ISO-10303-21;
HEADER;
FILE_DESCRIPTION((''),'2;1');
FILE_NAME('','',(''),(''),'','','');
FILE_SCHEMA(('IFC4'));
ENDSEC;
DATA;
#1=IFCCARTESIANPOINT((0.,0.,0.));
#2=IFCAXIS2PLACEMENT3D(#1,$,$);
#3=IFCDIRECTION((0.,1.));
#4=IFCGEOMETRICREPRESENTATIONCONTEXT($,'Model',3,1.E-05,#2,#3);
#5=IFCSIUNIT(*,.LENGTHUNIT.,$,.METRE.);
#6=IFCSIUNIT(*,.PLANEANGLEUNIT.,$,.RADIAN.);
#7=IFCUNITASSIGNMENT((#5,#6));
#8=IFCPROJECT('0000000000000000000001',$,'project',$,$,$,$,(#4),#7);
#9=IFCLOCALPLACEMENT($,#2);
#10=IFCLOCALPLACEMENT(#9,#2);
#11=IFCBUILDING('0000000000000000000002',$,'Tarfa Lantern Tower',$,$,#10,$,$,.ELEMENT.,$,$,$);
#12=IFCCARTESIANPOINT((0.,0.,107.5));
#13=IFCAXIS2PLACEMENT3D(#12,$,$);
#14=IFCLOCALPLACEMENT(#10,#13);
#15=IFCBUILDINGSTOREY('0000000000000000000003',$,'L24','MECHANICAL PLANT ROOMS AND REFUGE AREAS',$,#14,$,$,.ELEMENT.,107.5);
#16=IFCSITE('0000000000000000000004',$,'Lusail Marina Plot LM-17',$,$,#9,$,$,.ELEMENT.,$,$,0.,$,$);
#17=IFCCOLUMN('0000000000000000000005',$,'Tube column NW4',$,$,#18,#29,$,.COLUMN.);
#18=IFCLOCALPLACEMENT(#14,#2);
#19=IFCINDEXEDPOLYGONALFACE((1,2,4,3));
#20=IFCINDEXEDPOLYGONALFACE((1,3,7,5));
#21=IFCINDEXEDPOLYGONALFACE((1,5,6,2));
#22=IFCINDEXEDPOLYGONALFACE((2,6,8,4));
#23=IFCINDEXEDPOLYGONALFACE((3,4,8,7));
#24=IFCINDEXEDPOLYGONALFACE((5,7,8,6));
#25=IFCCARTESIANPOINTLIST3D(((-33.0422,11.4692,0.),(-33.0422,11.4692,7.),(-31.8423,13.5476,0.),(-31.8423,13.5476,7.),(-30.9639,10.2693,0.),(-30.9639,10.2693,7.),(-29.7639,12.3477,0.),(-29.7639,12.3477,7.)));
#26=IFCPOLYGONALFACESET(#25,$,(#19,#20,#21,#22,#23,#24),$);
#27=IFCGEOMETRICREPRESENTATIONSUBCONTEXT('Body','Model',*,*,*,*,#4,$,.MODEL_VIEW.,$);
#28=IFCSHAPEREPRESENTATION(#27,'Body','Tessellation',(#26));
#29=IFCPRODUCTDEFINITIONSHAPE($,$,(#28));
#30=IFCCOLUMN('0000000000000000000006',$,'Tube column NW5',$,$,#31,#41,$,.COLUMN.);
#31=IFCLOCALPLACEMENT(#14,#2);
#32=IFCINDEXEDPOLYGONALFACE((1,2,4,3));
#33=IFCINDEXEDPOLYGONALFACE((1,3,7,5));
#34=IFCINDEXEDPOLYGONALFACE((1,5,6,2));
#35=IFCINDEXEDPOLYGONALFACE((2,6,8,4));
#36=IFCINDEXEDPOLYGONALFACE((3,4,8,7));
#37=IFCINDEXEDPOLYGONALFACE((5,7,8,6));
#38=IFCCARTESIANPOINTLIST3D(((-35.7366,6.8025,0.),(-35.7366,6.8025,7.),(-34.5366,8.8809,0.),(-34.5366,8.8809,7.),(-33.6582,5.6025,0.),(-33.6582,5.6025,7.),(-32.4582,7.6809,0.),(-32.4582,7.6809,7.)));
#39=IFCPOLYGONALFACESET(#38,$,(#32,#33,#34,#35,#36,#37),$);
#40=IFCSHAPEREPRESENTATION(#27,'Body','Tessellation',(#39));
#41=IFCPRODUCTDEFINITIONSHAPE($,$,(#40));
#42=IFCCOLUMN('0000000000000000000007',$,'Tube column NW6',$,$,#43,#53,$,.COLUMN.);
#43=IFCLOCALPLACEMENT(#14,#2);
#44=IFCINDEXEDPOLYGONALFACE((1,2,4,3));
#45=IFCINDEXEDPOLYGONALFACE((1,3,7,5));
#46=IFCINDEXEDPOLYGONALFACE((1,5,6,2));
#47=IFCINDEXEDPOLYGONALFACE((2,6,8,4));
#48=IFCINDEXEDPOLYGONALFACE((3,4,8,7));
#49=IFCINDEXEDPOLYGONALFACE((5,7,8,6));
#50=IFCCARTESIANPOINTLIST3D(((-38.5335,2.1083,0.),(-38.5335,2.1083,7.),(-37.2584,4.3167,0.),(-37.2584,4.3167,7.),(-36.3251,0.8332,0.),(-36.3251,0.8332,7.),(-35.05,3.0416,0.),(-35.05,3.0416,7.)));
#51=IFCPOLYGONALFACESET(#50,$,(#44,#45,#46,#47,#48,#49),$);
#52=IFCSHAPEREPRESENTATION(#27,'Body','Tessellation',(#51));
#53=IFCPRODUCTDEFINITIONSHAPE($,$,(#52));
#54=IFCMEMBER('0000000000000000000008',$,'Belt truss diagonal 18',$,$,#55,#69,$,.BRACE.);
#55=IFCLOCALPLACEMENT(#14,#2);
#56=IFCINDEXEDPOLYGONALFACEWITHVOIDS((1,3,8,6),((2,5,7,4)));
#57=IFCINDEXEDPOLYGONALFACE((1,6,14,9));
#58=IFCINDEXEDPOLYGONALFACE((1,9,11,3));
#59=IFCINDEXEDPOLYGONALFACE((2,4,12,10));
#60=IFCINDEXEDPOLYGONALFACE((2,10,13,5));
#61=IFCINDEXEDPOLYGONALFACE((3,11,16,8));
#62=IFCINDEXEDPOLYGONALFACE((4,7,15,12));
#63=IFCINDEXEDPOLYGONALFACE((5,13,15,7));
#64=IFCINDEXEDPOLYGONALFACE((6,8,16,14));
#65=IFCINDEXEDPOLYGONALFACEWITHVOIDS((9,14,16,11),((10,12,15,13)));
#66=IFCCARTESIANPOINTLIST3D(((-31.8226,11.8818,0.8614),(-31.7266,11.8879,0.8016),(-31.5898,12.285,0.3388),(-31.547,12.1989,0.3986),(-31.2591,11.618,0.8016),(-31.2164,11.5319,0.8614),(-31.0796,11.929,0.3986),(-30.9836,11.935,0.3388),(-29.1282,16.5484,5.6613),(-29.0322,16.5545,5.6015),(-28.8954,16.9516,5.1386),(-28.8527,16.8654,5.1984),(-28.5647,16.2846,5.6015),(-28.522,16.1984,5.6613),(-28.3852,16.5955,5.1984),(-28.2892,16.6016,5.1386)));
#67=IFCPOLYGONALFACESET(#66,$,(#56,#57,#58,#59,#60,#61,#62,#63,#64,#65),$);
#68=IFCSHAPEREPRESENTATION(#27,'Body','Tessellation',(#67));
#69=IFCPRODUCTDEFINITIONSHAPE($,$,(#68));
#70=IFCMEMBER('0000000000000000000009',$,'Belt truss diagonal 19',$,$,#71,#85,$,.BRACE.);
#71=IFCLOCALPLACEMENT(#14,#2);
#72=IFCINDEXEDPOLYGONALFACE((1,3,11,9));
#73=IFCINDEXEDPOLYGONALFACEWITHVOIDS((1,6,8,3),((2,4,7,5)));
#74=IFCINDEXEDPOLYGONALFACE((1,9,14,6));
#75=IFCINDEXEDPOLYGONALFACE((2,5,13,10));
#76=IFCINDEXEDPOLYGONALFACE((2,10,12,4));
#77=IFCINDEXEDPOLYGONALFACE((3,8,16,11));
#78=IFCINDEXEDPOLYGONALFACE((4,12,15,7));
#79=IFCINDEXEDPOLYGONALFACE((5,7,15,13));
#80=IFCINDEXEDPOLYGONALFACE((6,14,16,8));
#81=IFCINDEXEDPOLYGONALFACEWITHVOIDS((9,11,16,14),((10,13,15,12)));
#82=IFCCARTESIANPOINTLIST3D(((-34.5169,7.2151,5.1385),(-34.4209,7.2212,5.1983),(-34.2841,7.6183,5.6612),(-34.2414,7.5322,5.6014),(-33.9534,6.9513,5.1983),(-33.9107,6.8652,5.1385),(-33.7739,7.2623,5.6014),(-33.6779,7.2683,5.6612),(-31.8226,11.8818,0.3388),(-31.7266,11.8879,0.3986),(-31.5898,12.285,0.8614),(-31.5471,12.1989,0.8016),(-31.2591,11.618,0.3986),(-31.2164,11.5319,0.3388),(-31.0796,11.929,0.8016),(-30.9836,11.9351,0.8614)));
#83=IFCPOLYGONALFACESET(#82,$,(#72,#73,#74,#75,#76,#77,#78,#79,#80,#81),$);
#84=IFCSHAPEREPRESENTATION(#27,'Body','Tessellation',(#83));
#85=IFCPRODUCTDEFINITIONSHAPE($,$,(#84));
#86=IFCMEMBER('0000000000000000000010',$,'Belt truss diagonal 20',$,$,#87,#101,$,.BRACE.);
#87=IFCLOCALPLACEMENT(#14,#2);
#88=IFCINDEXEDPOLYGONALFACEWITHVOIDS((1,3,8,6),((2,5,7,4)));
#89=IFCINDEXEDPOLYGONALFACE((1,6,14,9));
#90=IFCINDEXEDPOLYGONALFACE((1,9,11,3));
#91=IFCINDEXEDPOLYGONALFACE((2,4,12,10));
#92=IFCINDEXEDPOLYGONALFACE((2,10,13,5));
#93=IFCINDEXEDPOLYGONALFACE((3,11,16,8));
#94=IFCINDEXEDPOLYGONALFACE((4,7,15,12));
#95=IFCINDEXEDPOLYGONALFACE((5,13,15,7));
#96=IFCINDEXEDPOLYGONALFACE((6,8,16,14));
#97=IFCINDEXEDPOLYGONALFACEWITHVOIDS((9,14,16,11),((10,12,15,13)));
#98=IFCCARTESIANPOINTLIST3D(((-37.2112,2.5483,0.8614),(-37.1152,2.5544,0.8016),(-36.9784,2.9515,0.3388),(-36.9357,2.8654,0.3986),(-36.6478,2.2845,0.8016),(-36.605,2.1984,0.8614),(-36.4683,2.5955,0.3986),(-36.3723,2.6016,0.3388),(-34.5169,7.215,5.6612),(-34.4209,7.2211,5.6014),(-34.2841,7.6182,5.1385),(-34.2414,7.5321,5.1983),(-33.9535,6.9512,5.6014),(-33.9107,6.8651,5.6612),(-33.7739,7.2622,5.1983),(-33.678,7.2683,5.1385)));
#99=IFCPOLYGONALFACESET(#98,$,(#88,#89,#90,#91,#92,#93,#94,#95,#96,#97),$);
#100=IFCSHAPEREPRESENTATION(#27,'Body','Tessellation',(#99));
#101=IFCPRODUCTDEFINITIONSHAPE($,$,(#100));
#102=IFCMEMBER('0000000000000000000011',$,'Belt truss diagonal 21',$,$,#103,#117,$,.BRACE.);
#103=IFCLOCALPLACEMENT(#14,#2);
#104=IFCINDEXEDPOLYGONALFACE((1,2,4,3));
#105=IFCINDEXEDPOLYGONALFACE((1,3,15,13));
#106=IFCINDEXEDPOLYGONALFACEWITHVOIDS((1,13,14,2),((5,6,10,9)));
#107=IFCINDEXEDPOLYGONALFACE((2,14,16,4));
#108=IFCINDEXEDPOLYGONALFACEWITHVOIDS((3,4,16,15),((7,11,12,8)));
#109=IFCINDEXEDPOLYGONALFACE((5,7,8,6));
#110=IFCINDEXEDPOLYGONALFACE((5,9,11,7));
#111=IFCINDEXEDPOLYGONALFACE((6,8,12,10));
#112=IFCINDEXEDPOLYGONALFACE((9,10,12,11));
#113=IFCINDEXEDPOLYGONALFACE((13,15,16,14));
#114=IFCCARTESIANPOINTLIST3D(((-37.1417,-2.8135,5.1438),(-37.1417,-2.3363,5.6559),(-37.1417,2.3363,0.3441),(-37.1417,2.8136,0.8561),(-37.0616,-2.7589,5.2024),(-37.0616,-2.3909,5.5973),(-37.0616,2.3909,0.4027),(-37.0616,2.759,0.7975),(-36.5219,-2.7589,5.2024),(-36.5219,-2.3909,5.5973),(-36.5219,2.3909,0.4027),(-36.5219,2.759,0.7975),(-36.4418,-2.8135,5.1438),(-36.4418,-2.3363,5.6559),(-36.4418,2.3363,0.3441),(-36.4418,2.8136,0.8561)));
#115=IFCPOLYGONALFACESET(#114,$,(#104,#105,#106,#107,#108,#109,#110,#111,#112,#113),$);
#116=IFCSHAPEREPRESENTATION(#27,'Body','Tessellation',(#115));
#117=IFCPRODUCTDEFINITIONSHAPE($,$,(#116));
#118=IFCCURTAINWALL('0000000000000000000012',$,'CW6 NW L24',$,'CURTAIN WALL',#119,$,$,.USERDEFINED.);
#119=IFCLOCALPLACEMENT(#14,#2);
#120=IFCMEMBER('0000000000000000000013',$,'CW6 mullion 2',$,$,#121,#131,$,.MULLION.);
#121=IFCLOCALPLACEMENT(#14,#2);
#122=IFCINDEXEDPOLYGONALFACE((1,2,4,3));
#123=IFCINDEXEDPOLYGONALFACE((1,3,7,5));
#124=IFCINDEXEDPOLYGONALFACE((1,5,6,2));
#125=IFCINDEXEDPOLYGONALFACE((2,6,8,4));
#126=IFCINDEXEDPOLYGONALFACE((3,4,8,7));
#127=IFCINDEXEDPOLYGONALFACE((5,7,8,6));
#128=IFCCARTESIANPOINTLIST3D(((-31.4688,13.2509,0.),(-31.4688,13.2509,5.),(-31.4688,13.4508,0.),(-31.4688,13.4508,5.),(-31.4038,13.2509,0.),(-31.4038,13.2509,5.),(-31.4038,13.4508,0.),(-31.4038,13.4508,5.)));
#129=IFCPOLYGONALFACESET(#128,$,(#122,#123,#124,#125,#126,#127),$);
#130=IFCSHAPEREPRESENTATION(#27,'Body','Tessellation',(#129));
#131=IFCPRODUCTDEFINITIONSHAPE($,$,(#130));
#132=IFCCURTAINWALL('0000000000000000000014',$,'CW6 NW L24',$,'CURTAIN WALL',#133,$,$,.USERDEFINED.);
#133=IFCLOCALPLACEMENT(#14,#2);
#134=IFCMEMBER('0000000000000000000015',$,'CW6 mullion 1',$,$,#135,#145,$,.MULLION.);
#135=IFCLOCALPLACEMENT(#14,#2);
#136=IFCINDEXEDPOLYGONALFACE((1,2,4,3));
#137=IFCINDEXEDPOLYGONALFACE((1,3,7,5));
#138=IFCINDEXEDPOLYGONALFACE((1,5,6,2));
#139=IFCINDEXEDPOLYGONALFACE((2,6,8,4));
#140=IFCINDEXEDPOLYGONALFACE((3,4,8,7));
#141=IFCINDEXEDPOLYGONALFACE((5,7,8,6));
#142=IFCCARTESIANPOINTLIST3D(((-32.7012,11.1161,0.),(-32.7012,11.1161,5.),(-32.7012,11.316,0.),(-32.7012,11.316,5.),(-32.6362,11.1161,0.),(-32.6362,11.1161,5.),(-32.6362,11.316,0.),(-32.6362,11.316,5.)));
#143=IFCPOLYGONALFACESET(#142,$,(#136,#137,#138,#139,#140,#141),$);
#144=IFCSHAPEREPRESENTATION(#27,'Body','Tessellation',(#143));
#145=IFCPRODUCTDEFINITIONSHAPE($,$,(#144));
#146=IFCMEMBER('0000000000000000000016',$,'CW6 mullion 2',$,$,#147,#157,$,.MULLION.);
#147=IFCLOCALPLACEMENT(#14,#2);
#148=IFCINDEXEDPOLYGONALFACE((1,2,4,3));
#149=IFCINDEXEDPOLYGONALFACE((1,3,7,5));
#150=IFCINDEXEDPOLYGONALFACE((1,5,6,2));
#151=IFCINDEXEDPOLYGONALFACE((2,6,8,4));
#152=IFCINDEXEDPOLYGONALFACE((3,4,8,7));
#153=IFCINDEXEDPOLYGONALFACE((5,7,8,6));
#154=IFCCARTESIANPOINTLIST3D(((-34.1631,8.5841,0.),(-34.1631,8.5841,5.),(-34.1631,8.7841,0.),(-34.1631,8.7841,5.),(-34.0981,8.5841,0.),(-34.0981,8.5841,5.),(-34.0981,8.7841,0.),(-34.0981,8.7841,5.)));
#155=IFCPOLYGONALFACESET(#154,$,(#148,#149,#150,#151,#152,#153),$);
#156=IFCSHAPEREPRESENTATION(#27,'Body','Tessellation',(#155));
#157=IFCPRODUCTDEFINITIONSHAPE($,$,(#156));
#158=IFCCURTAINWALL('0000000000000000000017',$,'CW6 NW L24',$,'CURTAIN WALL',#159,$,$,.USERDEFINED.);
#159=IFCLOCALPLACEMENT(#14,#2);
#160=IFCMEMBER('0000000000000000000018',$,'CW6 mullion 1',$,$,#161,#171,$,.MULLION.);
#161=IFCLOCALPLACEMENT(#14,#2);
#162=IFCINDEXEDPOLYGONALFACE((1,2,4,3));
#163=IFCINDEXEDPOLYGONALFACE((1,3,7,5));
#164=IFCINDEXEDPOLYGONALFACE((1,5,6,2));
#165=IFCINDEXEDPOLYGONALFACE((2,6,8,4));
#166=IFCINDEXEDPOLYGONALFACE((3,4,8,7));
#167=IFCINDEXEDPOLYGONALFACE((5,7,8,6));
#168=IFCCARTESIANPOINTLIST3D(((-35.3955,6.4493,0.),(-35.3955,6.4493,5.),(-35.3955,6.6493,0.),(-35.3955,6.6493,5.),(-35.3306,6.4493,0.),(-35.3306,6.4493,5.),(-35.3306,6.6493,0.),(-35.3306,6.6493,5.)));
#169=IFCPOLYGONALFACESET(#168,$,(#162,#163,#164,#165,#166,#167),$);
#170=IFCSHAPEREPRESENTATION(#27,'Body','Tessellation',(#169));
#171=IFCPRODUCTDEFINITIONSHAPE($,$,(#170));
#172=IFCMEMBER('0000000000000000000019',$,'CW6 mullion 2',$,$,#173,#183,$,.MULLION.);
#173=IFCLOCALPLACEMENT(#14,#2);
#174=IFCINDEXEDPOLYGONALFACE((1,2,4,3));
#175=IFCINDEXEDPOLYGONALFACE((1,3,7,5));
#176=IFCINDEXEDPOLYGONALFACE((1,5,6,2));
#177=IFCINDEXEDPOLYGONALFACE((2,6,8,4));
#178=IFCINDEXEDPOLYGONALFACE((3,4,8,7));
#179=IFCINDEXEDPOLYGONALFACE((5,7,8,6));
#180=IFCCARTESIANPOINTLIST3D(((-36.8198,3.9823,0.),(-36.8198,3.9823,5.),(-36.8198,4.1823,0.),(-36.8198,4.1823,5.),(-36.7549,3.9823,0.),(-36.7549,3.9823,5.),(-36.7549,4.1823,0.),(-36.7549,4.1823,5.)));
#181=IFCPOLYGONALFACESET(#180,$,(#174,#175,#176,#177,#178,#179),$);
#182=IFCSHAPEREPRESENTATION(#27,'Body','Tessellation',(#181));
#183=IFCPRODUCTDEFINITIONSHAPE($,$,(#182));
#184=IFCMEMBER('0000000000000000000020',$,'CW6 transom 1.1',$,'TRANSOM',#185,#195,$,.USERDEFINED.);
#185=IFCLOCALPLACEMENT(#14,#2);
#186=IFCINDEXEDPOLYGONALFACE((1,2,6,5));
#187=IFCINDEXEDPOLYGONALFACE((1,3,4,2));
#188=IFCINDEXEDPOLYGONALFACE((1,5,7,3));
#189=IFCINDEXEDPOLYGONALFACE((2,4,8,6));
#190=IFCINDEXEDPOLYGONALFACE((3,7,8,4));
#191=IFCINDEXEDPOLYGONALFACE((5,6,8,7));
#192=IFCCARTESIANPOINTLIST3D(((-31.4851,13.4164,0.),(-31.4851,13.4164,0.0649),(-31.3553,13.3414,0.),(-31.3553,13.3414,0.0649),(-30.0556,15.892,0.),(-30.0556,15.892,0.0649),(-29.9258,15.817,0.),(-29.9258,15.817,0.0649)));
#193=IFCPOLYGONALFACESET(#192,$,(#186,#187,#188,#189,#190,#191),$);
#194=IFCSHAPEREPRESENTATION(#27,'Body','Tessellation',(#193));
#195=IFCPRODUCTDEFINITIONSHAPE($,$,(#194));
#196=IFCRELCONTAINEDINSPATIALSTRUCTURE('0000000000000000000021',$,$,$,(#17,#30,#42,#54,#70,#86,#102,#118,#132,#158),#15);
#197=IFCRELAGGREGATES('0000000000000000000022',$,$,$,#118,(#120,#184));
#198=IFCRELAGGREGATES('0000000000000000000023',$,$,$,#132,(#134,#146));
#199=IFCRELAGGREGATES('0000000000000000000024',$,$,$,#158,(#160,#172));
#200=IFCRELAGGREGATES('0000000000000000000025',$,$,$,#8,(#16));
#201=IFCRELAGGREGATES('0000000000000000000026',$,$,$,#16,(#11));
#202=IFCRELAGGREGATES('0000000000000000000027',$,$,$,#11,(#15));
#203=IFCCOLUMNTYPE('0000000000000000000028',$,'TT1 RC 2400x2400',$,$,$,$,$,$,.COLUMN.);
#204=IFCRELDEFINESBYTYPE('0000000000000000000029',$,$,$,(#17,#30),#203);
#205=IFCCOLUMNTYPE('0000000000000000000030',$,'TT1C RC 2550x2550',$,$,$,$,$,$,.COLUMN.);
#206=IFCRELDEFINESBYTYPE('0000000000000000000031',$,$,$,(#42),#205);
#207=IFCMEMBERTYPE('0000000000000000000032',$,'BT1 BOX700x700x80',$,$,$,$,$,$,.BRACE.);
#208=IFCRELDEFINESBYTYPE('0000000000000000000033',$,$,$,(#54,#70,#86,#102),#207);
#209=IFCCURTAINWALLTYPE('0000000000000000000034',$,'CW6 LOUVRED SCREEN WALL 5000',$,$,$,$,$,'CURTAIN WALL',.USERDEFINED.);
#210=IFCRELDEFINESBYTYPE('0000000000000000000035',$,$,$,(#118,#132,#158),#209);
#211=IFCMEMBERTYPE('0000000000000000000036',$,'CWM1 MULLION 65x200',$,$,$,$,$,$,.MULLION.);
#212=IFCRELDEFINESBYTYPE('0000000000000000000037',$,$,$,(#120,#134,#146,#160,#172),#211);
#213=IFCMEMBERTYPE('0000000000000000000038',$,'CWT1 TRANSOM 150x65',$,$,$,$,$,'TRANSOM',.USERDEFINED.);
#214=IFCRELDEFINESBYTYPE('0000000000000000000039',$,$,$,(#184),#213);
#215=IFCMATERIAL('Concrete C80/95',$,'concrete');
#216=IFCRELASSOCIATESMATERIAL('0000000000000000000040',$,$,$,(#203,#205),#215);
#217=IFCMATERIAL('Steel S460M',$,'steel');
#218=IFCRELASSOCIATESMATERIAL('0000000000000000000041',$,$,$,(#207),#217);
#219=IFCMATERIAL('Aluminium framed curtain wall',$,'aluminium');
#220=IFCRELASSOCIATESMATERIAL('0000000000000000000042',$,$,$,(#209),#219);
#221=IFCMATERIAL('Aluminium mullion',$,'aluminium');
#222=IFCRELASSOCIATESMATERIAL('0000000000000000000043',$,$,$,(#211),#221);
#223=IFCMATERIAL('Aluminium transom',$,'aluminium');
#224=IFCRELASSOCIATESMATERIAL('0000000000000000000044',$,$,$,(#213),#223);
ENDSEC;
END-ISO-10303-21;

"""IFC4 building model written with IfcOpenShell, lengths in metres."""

from ifc_helpers import new_model, si_unit, direction, frame, origin, origin_2d, place, context, subcontext, project, spatial, rectangle, hollow_rectangle, extrude, material, material_profile, profile_set, type_object, element, aggregate, save


model = new_model("IFC4")

# Units and contexts
model_context = context("Model", 3, precision=1e-05, world=origin(), true_north=direction((0.0, 1.0)))
body_context = subcontext(model_context, "Body", "Model", "MODEL_VIEW")
ifc_project = project(units=[si_unit("LENGTHUNIT", "METRE"), si_unit("PLANEANGLEUNIT", "RADIAN")], contexts=[model_context])

# Site, building, storey
site_placement = place(None, origin())
site = spatial("IfcSite", under=ifc_project, at=site_placement, Name="Lusail Marina Plot LM-17", CompositionType="ELEMENT", RefElevation=0.0)
building_placement = place(site_placement, origin())
building = spatial("IfcBuilding", under=site, at=building_placement, Name="Tarfa Lantern Tower", CompositionType="ELEMENT")
storey_placement = place(building_placement, frame((0.0, 0.0, 107.5)))
storey = spatial("IfcBuildingStorey", under=building, at=storey_placement, Name="L24", Description="MECHANICAL PLANT ROOMS AND REFUGE AREAS", CompositionType="ELEMENT", Elevation=107.5)

# Columns
ifc_material_1 = material(Name="Concrete C80/95", Category="concrete")
ifc_material_profile_1 = material_profile(ifc_material_1, rectangle(XDim=2.3999, YDim=2.3999, at=origin_2d()), Name="RC 2400x2400")
ifc_profile_set_1 = profile_set([ifc_material_profile_1], Name="Concrete C80/95")
column_type_1 = type_object("IfcColumnType", Name="TT1 RC 2400x2400", PredefinedType="COLUMN", material=ifc_profile_set_1)
for number, where, z_axis, x_axis, name in (
    (1, (-31.4031, 11.9084, 0.0), (0.0, 0.0, 1.0), (-0.5, -0.866025, 0.0), "Tube column NW4"),
    (2, (-34.0974, 7.2417, 0.0), (0.0, 0.0, 1.0), (-0.5, -0.866025, 0.0), "Tube column NW5"),
):
    element("IfcColumn", number, at=place(storey_placement, frame(where, z_axis=z_axis, x_axis=x_axis)), inside=storey, type_object=column_type_1, Name=name, PredefinedType="COLUMN", context=body_context, shape_type="SweptSolid", body=[
        extrude(rectangle(XDim=2.3999, YDim=2.3999, at=origin_2d()), origin(), (0.0, 0.0, 1.0), 7.0),
    ])
ifc_material_profile_2 = material_profile(ifc_material_1, rectangle(XDim=2.55, YDim=2.55, at=origin_2d()), Name="RC 2550x2550")
ifc_profile_set_2 = profile_set([ifc_material_profile_2], Name="Concrete C80/95")
column_type_2 = type_object("IfcColumnType", Name="TT1C RC 2550x2550", PredefinedType="COLUMN", material=ifc_profile_set_2)
column_placement = place(storey_placement, frame((-36.7917, 2.575, 0.0), z_axis=(0.0, 0.0, 1.0), x_axis=(-0.5, -0.866025, 0.0)))
element("IfcColumn", 3, at=column_placement, inside=storey, type_object=column_type_2, Name="Tube column NW6", PredefinedType="COLUMN", context=body_context, shape_type="SweptSolid", body=[
    extrude(rectangle(XDim=2.55, YDim=2.55, at=origin_2d()), origin(), (0.0, 0.0, 1.0), 7.0),
])

# Members
ifc_material_2 = material(Name="Steel S460M", Category="steel")
ifc_material_profile_3 = material_profile(ifc_material_2, hollow_rectangle(XDim=0.7, YDim=0.7, WallThickness=0.0801, at=origin_2d()), Name="BOX700x700x80")
ifc_profile_set_3 = profile_set([ifc_material_profile_3], Name="Steel S460M")
member_type_1 = type_object("IfcMemberType", Name="BT1 BOX700x700x80", PredefinedType="BRACE", material=ifc_profile_set_3)
for number, where, z_axis, x_axis, name in (
    (4, (-31.4031, 11.9084, 0.6001), (0.373372, 0.646669, 0.665141), (-0.866015, 0.500018, 0.0), "Belt truss diagonal 18"),
    (5, (-31.4031, 11.9084, 0.6001), (-0.373364, -0.646688, 0.665127), (0.866026, -0.499998, 0.0), "Belt truss diagonal 19"),
    (6, (-36.7917, 2.575, 0.6001), (0.373364, 0.646688, 0.665127), (-0.866026, 0.499998, 0.0), "Belt truss diagonal 20"),
):
    element("IfcMember", number, at=place(storey_placement, frame(where, z_axis=z_axis, x_axis=x_axis)), inside=storey, type_object=member_type_1, Name=name, PredefinedType="BRACE", context=body_context, shape_type="SweptSolid", body=[
        extrude(hollow_rectangle(XDim=0.7, YDim=0.7, WallThickness=0.0801, at=origin_2d()), origin(), (0.0, 0.0, 1.0), 7.2163),
    ])
member_1_placement = place(storey_placement, frame((-36.7917, 2.575, 0.6001), z_axis=(0.0, -0.731535, 0.681804), x_axis=(1.0, 0.0, 0.0)))
element("IfcMember", 7, at=member_1_placement, inside=storey, type_object=member_type_1, Name="Belt truss diagonal 21", PredefinedType="BRACE", context=body_context, shape_type="SweptSolid", body=[
    extrude(hollow_rectangle(XDim=0.7, YDim=0.7, WallThickness=0.0801, at=origin_2d()), origin(), (0.0, 0.0, 1.0), 7.0398),
])

# Curtain wall, member
ifc_material_3 = material(Name="Aluminium framed curtain wall", Category="aluminium")
curtain_wall_type = type_object("IfcCurtainWallType", Name="CW6 LOUVRED SCREEN WALL 5000", ElementType="CURTAIN WALL", PredefinedType="USERDEFINED", material=ifc_material_3)
curtain_wall_1_placement = place(storey_placement, origin())
curtain_wall_1 = element("IfcCurtainWall", 8, at=curtain_wall_1_placement, inside=storey, type_object=curtain_wall_type, Name="CW6 NW L24", ObjectType="CURTAIN WALL", PredefinedType="USERDEFINED")
ifc_material_4 = material(Name="Aluminium mullion", Category="aluminium")
ifc_material_profile_4 = material_profile(ifc_material_4, rectangle(XDim=0.0649, YDim=0.2, at=origin_2d()), Name="AL MULLION 65x200")
ifc_profile_set_4 = profile_set([ifc_material_profile_4], Name="Aluminium mullion")
member_type_2 = type_object("IfcMemberType", Name="CWM1 MULLION 65x200", PredefinedType="MULLION", material=ifc_profile_set_4)
member_2_placement = place(storey_placement, frame((-31.4363, 13.3508, 0.0), z_axis=(0.0, 0.0, 1.0), x_axis=(1.0, 0.0, 0.0)))
member_2 = element("IfcMember", 9, at=member_2_placement, type_object=member_type_2, Name="CW6 mullion 2", PredefinedType="MULLION", context=body_context, shape_type="SweptSolid", body=[
    extrude(rectangle(XDim=0.0649, YDim=0.2, at=origin_2d()), origin(), (0.0, 0.0, 1.0), 5.0),
])

# Curtain walls, members
curtain_wall_2_placement = place(storey_placement, origin())
curtain_wall_2 = element("IfcCurtainWall", 10, at=curtain_wall_2_placement, inside=storey, type_object=curtain_wall_type, Name="CW6 NW L24", ObjectType="CURTAIN WALL", PredefinedType="USERDEFINED")
member_3_placement = place(storey_placement, frame((-32.6687, 11.2161, 0.0), z_axis=(0.0, 0.0, 1.0), x_axis=(1.0, 0.0, 0.0)))
member_3 = element("IfcMember", 11, at=member_3_placement, type_object=member_type_2, Name="CW6 mullion 1", PredefinedType="MULLION", context=body_context, shape_type="SweptSolid", body=[
    extrude(rectangle(XDim=0.0649, YDim=0.2, at=origin_2d()), origin(), (0.0, 0.0, 1.0), 5.0),
])
member_4_placement = place(storey_placement, frame((-34.1306, 8.6841, 0.0), z_axis=(0.0, 0.0, 1.0), x_axis=(1.0, 0.0, 0.0)))
member_4 = element("IfcMember", 12, at=member_4_placement, type_object=member_type_2, Name="CW6 mullion 2", PredefinedType="MULLION", context=body_context, shape_type="SweptSolid", body=[
    extrude(rectangle(XDim=0.0649, YDim=0.2, at=origin_2d()), origin(), (0.0, 0.0, 1.0), 5.0),
])
curtain_wall_3_placement = place(storey_placement, origin())
curtain_wall_3 = element("IfcCurtainWall", 13, at=curtain_wall_3_placement, inside=storey, type_object=curtain_wall_type, Name="CW6 NW L24", ObjectType="CURTAIN WALL", PredefinedType="USERDEFINED")
member_5_placement = place(storey_placement, frame((-35.363, 6.5493, 0.0), z_axis=(0.0, 0.0, 1.0), x_axis=(1.0, 0.0, 0.0)))
member_5 = element("IfcMember", 14, at=member_5_placement, type_object=member_type_2, Name="CW6 mullion 1", PredefinedType="MULLION", context=body_context, shape_type="SweptSolid", body=[
    extrude(rectangle(XDim=0.0649, YDim=0.2, at=origin_2d()), origin(), (0.0, 0.0, 1.0), 5.0),
])
member_6_placement = place(storey_placement, frame((-36.7874, 4.0823, 0.0), z_axis=(0.0, 0.0, 1.0), x_axis=(1.0, 0.0, 0.0)))
member_6 = element("IfcMember", 15, at=member_6_placement, type_object=member_type_2, Name="CW6 mullion 2", PredefinedType="MULLION", context=body_context, shape_type="SweptSolid", body=[
    extrude(rectangle(XDim=0.0649, YDim=0.2, at=origin_2d()), origin(), (0.0, 0.0, 1.0), 5.0),
])

# Member
ifc_material_5 = material(Name="Aluminium transom", Category="aluminium")
ifc_material_profile_5 = material_profile(ifc_material_5, rectangle(XDim=0.1499, YDim=0.0649, at=origin_2d()), Name="AL TRANSOM 150x65")
ifc_profile_set_5 = profile_set([ifc_material_profile_5], Name="Aluminium transom")
member_type_3 = type_object("IfcMemberType", Name="CWT1 TRANSOM 150x65", ElementType="TRANSOM", PredefinedType="USERDEFINED", material=ifc_profile_set_5)
member_7_placement = place(storey_placement, frame((-29.9907, 15.8545, 0.0325), z_axis=(-0.500043, -0.866001, 0.0), x_axis=(0.866001, -0.500043, 0.0)))
member_7 = element("IfcMember", 16, at=member_7_placement, type_object=member_type_3, Name="CW6 transom 1.1", ObjectType="TRANSOM", PredefinedType="USERDEFINED", context=body_context, shape_type="SweptSolid", body=[
    extrude(rectangle(XDim=0.1499, YDim=0.0649, at=origin_2d()), origin(), (0.0, 0.0, 1.0), 2.8586),
])

aggregate(curtain_wall_1, [member_2, member_7])
aggregate(curtain_wall_2, [member_3, member_4])
aggregate(curtain_wall_3, [member_5, member_6])

save(model, "model.ifc")
